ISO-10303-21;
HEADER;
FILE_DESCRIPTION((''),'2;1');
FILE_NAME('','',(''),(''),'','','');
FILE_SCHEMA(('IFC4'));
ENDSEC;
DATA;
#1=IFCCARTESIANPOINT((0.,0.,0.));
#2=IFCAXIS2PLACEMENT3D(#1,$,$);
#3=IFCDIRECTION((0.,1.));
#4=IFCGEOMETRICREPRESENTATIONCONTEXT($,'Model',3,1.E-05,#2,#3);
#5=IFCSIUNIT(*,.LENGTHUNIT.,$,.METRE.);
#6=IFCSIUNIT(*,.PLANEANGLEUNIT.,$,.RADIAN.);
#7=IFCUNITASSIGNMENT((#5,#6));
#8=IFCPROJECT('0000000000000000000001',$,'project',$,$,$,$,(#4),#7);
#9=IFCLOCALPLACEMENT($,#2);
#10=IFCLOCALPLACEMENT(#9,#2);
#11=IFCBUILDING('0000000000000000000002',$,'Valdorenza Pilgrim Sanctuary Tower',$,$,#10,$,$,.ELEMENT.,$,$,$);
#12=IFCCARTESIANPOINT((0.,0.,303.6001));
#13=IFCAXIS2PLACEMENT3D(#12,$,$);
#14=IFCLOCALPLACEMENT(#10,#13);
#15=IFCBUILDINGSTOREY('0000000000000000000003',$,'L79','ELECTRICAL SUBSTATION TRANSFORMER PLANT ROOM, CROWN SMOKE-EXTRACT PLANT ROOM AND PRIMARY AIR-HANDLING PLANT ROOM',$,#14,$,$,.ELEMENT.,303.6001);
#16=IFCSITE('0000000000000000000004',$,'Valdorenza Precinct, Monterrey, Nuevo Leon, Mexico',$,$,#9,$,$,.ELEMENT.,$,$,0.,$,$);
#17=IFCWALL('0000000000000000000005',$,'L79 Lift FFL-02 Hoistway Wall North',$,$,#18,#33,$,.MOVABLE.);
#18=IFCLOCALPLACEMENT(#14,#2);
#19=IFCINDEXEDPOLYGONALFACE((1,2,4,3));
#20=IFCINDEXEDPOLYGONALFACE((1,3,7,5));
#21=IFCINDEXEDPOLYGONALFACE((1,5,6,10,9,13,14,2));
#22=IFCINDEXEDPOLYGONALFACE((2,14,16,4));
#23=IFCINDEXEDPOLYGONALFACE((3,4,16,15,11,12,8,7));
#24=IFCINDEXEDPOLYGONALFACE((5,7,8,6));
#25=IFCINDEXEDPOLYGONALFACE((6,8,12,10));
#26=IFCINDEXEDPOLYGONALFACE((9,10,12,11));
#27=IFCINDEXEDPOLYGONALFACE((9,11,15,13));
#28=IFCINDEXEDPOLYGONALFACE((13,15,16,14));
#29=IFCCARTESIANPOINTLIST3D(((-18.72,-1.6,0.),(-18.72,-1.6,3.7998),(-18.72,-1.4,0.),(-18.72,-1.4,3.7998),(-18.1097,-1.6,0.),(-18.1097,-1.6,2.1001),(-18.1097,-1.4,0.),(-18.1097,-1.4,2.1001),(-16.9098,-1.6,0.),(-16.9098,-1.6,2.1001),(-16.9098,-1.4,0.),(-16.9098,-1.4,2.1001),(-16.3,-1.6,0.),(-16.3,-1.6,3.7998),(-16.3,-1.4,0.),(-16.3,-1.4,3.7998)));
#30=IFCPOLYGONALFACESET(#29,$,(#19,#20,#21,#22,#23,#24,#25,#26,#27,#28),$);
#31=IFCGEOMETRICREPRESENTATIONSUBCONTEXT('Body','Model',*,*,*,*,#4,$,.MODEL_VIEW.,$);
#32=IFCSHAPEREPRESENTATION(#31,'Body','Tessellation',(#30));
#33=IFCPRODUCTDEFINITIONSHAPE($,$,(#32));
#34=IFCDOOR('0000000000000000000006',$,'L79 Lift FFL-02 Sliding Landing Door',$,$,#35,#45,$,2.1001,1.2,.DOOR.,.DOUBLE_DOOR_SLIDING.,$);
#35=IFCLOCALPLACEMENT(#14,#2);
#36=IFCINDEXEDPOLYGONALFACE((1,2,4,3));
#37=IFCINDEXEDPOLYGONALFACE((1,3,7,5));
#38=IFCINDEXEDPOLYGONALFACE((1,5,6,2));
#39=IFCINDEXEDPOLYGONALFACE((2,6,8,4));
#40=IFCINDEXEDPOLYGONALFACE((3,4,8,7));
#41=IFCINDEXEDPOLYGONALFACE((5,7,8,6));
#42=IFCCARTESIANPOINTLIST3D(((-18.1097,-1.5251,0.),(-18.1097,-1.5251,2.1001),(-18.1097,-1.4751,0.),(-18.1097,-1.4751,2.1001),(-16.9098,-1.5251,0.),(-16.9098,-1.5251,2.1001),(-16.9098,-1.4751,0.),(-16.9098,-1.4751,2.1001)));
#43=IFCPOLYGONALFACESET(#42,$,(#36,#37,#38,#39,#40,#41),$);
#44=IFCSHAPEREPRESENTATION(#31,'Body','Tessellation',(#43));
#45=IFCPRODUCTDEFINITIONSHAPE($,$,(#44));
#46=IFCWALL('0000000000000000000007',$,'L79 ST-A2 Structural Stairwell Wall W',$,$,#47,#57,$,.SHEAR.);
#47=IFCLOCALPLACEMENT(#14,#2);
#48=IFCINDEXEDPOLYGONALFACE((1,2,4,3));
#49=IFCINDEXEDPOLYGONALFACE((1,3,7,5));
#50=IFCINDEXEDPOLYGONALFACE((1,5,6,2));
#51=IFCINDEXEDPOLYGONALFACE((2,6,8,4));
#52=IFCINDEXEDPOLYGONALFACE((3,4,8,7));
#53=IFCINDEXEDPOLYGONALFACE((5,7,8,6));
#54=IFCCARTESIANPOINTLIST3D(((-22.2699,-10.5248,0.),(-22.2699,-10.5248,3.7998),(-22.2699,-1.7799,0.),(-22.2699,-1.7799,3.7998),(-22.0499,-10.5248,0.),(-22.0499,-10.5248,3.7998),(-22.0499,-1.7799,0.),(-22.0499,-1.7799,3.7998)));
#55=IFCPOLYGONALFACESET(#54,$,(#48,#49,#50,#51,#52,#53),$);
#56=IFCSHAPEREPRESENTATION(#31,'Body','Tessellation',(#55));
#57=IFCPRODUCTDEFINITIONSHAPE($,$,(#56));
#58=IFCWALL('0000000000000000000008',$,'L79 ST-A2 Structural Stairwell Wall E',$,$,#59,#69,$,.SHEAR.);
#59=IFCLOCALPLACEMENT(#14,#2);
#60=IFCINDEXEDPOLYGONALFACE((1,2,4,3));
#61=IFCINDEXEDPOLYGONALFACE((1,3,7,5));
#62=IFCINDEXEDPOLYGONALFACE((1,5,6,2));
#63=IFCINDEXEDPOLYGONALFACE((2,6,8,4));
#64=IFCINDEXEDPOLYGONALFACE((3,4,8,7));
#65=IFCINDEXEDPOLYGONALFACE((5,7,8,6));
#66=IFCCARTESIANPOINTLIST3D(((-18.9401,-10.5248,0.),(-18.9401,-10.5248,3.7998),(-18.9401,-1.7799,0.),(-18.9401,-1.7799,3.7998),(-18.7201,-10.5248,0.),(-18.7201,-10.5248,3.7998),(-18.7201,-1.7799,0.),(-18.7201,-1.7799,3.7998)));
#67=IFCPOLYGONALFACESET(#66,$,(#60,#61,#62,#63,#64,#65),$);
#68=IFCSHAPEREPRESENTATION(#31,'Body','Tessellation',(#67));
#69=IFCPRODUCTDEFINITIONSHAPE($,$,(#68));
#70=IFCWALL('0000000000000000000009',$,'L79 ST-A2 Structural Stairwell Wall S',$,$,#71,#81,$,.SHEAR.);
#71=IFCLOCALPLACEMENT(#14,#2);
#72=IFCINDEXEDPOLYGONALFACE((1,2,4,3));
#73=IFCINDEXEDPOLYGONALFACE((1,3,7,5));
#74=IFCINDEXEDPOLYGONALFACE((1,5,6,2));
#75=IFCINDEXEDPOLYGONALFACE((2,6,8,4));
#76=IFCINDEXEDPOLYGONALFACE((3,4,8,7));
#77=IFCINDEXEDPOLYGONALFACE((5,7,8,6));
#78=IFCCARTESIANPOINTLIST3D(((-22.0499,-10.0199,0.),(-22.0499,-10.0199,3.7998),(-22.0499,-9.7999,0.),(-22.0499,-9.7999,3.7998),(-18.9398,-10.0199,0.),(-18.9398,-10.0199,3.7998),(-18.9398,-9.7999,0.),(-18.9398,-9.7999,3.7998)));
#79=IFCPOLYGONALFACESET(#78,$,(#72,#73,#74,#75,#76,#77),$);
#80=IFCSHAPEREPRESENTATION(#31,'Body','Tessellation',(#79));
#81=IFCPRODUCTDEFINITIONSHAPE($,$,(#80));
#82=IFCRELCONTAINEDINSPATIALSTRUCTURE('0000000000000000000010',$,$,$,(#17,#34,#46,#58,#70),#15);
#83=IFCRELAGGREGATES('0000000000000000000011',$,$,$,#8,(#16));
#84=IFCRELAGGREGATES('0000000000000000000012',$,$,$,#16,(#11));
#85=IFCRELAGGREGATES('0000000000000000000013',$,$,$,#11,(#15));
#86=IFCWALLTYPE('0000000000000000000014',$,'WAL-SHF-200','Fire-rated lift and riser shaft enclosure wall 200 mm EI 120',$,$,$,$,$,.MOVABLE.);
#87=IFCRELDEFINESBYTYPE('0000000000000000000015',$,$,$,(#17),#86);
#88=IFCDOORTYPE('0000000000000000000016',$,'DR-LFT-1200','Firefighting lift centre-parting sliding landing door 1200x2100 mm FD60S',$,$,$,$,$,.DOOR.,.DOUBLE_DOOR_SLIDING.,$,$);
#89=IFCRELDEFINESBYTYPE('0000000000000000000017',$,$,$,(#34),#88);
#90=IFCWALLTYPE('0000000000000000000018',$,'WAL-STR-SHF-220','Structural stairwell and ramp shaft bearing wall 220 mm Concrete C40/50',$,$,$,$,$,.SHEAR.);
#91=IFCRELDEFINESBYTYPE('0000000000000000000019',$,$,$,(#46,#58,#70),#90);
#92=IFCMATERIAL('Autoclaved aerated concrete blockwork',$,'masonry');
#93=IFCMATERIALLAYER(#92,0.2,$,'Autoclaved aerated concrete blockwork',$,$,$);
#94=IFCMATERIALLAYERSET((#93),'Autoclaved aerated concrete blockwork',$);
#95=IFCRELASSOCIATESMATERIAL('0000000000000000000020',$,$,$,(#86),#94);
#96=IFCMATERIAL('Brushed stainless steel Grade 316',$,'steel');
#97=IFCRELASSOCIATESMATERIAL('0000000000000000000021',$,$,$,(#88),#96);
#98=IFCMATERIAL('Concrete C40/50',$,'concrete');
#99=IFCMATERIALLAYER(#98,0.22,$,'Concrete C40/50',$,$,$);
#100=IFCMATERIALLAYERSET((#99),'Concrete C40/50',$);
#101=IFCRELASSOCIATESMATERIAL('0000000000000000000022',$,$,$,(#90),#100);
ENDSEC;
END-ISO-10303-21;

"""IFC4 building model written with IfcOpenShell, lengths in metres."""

from ifc_helpers import new_model, si_unit, direction, frame, frame_2d, origin, place, context, subcontext, project, spatial, rectangle, extrude, material, layer, layer_set, type_object, element, fill, save


model = new_model("IFC4")

# Units and contexts
model_context = context("Model", 3, precision=1e-05, world=origin(), true_north=direction((0.0, 1.0)))
body_context = subcontext(model_context, "Body", "Model", "MODEL_VIEW")
ifc_project = project(units=[si_unit("LENGTHUNIT", "METRE"), si_unit("PLANEANGLEUNIT", "RADIAN")], contexts=[model_context])

# Site, building, storey
site_placement = place(None, origin())
site = spatial("IfcSite", under=ifc_project, at=site_placement, Name="Valdorenza Precinct, Monterrey, Nuevo Leon, Mexico", CompositionType="ELEMENT", RefElevation=0.0)
building_placement = place(site_placement, origin())
building = spatial("IfcBuilding", under=site, at=building_placement, Name="Valdorenza Pilgrim Sanctuary Tower", CompositionType="ELEMENT")
storey_placement = place(building_placement, frame((0.0, 0.0, 303.6001)))
storey = spatial("IfcBuildingStorey", under=building, at=storey_placement, Name="L79", Description="ELECTRICAL SUBSTATION TRANSFORMER PLANT ROOM, CROWN SMOKE-EXTRACT PLANT ROOM AND PRIMARY AIR-HANDLING PLANT ROOM", CompositionType="ELEMENT", Elevation=303.6001)

# Shared definitions
ifc_material_1 = material(Name="Autoclaved aerated concrete blockwork", Category="masonry")
ifc_layer_1 = layer(ifc_material_1, 0.2, Name="Autoclaved aerated concrete blockwork")
ifc_layer_set_1 = layer_set([ifc_layer_1], Name="Autoclaved aerated concrete blockwork")
wall_type_1 = type_object("IfcWallType", Name="WAL-SHF-200", Description="Fire-rated lift and riser shaft enclosure wall 200 mm EI 120", PredefinedType="MOVABLE", material=ifc_layer_set_1)

# Wall, opening, door
wall_1_placement = place(storey_placement, frame((-18.72, -1.5, 0.0), z_axis=(0.0, 0.0, 1.0), x_axis=(1.0, 0.0, 0.0)))
wall_1 = element("IfcWall", 1, at=wall_1_placement, inside=storey, type_object=wall_type_1, Name="L79 Lift FFL-02 Hoistway Wall North", PredefinedType="MOVABLE", context=body_context, shape_type="SweptSolid", body=[
    extrude(rectangle(XDim=2.4199, YDim=0.2, at=frame_2d((1.21, 0.0))), origin(), (0.0, 0.0, 1.0), 3.7998),
])
opening_1_placement = place(wall_1_placement, frame((0.6101, 0.0, 0.0)))
opening_1 = element("IfcOpeningElement", 2, at=opening_1_placement, cuts=wall_1, PredefinedType="OPENING", context=body_context, shape_type="SweptSolid", body=[
    extrude(rectangle(XDim=1.2, YDim=2.1001, at=frame_2d((0.6001, 1.05))), frame((0.0, 0.1147, 0.0), z_axis=(0.0, -1.0, 0.0), x_axis=(1.0, 0.0, 0.0)), (0.0, 0.0, 1.0), 0.2297),
])
ifc_material_2 = material(Name="Brushed stainless steel Grade 316", Category="steel")
door_type_1 = type_object("IfcDoorType", Name="DR-LFT-1200", Description="Firefighting lift centre-parting sliding landing door 1200x2100 mm FD60S", OperationType="DOUBLE_DOOR_SLIDING", PredefinedType="DOOR", material=ifc_material_2)
door_1_placement = place(opening_1_placement, origin())
door_1 = element("IfcDoor", 3, at=door_1_placement, inside=storey, type_object=door_type_1, Name="L79 Lift FFL-02 Sliding Landing Door", OperationType="DOUBLE_DOOR_SLIDING", OverallHeight=2.1001, OverallWidth=1.2, PredefinedType="DOOR", context=body_context, shape_type="SweptSolid", body=[
    extrude(rectangle(XDim=1.2, YDim=2.1001, at=frame_2d((0.6001, 1.05))), frame((0.0, 0.0249, 0.0), z_axis=(0.0, -1.0, 0.0), x_axis=(1.0, 0.0, 0.0)), (0.0, 0.0, 1.0), 0.05),
])
fill(opening_1, door_1)

# Walls
ifc_material_3 = material(Name="Concrete C40/50", Category="concrete")
ifc_layer_2 = layer(ifc_material_3, 0.22, Name="Concrete C40/50")
ifc_layer_set_2 = layer_set([ifc_layer_2], Name="Concrete C40/50")
wall_type_2 = type_object("IfcWallType", Name="WAL-STR-SHF-220", Description="Structural stairwell and ramp shaft bearing wall 220 mm Concrete C40/50", PredefinedType="SHEAR", material=ifc_layer_set_2)
for number, where, z_axis, x_axis, name in (
    (4, (-22.1599, -10.5249, 0.0), (0.0, 0.0, 1.0), (0.0, 1.0, 0.0), "L79 ST-A2 Structural Stairwell Wall W"),
    (5, (-18.8301, -10.5249, 0.0), (0.0, 0.0, 1.0), (0.0, 1.0, 0.0), "L79 ST-A2 Structural Stairwell Wall E"),
):
    element("IfcWall", number, at=place(storey_placement, frame(where, z_axis=z_axis, x_axis=x_axis)), inside=storey, type_object=wall_type_2, Name=name, PredefinedType="SHEAR", context=body_context, shape_type="SweptSolid", body=[
        extrude(rectangle(XDim=8.7449, YDim=0.22, at=frame_2d((4.3726, 0.0))), origin(), (0.0, 0.0, 1.0), 3.7998),
    ])
wall_2_placement = place(storey_placement, frame((-22.05, -9.9099, 0.0), z_axis=(0.0, 0.0, 1.0), x_axis=(1.0, 0.0, 0.0)))
element("IfcWall", 6, at=wall_2_placement, inside=storey, type_object=wall_type_2, Name="L79 ST-A2 Structural Stairwell Wall S", PredefinedType="SHEAR", context=body_context, shape_type="SweptSolid", body=[
    extrude(rectangle(XDim=3.1101, YDim=0.22, at=frame_2d((1.5552, 0.0))), origin(), (0.0, 0.0, 1.0), 3.7998),
])

save(model, "model.ifc")
